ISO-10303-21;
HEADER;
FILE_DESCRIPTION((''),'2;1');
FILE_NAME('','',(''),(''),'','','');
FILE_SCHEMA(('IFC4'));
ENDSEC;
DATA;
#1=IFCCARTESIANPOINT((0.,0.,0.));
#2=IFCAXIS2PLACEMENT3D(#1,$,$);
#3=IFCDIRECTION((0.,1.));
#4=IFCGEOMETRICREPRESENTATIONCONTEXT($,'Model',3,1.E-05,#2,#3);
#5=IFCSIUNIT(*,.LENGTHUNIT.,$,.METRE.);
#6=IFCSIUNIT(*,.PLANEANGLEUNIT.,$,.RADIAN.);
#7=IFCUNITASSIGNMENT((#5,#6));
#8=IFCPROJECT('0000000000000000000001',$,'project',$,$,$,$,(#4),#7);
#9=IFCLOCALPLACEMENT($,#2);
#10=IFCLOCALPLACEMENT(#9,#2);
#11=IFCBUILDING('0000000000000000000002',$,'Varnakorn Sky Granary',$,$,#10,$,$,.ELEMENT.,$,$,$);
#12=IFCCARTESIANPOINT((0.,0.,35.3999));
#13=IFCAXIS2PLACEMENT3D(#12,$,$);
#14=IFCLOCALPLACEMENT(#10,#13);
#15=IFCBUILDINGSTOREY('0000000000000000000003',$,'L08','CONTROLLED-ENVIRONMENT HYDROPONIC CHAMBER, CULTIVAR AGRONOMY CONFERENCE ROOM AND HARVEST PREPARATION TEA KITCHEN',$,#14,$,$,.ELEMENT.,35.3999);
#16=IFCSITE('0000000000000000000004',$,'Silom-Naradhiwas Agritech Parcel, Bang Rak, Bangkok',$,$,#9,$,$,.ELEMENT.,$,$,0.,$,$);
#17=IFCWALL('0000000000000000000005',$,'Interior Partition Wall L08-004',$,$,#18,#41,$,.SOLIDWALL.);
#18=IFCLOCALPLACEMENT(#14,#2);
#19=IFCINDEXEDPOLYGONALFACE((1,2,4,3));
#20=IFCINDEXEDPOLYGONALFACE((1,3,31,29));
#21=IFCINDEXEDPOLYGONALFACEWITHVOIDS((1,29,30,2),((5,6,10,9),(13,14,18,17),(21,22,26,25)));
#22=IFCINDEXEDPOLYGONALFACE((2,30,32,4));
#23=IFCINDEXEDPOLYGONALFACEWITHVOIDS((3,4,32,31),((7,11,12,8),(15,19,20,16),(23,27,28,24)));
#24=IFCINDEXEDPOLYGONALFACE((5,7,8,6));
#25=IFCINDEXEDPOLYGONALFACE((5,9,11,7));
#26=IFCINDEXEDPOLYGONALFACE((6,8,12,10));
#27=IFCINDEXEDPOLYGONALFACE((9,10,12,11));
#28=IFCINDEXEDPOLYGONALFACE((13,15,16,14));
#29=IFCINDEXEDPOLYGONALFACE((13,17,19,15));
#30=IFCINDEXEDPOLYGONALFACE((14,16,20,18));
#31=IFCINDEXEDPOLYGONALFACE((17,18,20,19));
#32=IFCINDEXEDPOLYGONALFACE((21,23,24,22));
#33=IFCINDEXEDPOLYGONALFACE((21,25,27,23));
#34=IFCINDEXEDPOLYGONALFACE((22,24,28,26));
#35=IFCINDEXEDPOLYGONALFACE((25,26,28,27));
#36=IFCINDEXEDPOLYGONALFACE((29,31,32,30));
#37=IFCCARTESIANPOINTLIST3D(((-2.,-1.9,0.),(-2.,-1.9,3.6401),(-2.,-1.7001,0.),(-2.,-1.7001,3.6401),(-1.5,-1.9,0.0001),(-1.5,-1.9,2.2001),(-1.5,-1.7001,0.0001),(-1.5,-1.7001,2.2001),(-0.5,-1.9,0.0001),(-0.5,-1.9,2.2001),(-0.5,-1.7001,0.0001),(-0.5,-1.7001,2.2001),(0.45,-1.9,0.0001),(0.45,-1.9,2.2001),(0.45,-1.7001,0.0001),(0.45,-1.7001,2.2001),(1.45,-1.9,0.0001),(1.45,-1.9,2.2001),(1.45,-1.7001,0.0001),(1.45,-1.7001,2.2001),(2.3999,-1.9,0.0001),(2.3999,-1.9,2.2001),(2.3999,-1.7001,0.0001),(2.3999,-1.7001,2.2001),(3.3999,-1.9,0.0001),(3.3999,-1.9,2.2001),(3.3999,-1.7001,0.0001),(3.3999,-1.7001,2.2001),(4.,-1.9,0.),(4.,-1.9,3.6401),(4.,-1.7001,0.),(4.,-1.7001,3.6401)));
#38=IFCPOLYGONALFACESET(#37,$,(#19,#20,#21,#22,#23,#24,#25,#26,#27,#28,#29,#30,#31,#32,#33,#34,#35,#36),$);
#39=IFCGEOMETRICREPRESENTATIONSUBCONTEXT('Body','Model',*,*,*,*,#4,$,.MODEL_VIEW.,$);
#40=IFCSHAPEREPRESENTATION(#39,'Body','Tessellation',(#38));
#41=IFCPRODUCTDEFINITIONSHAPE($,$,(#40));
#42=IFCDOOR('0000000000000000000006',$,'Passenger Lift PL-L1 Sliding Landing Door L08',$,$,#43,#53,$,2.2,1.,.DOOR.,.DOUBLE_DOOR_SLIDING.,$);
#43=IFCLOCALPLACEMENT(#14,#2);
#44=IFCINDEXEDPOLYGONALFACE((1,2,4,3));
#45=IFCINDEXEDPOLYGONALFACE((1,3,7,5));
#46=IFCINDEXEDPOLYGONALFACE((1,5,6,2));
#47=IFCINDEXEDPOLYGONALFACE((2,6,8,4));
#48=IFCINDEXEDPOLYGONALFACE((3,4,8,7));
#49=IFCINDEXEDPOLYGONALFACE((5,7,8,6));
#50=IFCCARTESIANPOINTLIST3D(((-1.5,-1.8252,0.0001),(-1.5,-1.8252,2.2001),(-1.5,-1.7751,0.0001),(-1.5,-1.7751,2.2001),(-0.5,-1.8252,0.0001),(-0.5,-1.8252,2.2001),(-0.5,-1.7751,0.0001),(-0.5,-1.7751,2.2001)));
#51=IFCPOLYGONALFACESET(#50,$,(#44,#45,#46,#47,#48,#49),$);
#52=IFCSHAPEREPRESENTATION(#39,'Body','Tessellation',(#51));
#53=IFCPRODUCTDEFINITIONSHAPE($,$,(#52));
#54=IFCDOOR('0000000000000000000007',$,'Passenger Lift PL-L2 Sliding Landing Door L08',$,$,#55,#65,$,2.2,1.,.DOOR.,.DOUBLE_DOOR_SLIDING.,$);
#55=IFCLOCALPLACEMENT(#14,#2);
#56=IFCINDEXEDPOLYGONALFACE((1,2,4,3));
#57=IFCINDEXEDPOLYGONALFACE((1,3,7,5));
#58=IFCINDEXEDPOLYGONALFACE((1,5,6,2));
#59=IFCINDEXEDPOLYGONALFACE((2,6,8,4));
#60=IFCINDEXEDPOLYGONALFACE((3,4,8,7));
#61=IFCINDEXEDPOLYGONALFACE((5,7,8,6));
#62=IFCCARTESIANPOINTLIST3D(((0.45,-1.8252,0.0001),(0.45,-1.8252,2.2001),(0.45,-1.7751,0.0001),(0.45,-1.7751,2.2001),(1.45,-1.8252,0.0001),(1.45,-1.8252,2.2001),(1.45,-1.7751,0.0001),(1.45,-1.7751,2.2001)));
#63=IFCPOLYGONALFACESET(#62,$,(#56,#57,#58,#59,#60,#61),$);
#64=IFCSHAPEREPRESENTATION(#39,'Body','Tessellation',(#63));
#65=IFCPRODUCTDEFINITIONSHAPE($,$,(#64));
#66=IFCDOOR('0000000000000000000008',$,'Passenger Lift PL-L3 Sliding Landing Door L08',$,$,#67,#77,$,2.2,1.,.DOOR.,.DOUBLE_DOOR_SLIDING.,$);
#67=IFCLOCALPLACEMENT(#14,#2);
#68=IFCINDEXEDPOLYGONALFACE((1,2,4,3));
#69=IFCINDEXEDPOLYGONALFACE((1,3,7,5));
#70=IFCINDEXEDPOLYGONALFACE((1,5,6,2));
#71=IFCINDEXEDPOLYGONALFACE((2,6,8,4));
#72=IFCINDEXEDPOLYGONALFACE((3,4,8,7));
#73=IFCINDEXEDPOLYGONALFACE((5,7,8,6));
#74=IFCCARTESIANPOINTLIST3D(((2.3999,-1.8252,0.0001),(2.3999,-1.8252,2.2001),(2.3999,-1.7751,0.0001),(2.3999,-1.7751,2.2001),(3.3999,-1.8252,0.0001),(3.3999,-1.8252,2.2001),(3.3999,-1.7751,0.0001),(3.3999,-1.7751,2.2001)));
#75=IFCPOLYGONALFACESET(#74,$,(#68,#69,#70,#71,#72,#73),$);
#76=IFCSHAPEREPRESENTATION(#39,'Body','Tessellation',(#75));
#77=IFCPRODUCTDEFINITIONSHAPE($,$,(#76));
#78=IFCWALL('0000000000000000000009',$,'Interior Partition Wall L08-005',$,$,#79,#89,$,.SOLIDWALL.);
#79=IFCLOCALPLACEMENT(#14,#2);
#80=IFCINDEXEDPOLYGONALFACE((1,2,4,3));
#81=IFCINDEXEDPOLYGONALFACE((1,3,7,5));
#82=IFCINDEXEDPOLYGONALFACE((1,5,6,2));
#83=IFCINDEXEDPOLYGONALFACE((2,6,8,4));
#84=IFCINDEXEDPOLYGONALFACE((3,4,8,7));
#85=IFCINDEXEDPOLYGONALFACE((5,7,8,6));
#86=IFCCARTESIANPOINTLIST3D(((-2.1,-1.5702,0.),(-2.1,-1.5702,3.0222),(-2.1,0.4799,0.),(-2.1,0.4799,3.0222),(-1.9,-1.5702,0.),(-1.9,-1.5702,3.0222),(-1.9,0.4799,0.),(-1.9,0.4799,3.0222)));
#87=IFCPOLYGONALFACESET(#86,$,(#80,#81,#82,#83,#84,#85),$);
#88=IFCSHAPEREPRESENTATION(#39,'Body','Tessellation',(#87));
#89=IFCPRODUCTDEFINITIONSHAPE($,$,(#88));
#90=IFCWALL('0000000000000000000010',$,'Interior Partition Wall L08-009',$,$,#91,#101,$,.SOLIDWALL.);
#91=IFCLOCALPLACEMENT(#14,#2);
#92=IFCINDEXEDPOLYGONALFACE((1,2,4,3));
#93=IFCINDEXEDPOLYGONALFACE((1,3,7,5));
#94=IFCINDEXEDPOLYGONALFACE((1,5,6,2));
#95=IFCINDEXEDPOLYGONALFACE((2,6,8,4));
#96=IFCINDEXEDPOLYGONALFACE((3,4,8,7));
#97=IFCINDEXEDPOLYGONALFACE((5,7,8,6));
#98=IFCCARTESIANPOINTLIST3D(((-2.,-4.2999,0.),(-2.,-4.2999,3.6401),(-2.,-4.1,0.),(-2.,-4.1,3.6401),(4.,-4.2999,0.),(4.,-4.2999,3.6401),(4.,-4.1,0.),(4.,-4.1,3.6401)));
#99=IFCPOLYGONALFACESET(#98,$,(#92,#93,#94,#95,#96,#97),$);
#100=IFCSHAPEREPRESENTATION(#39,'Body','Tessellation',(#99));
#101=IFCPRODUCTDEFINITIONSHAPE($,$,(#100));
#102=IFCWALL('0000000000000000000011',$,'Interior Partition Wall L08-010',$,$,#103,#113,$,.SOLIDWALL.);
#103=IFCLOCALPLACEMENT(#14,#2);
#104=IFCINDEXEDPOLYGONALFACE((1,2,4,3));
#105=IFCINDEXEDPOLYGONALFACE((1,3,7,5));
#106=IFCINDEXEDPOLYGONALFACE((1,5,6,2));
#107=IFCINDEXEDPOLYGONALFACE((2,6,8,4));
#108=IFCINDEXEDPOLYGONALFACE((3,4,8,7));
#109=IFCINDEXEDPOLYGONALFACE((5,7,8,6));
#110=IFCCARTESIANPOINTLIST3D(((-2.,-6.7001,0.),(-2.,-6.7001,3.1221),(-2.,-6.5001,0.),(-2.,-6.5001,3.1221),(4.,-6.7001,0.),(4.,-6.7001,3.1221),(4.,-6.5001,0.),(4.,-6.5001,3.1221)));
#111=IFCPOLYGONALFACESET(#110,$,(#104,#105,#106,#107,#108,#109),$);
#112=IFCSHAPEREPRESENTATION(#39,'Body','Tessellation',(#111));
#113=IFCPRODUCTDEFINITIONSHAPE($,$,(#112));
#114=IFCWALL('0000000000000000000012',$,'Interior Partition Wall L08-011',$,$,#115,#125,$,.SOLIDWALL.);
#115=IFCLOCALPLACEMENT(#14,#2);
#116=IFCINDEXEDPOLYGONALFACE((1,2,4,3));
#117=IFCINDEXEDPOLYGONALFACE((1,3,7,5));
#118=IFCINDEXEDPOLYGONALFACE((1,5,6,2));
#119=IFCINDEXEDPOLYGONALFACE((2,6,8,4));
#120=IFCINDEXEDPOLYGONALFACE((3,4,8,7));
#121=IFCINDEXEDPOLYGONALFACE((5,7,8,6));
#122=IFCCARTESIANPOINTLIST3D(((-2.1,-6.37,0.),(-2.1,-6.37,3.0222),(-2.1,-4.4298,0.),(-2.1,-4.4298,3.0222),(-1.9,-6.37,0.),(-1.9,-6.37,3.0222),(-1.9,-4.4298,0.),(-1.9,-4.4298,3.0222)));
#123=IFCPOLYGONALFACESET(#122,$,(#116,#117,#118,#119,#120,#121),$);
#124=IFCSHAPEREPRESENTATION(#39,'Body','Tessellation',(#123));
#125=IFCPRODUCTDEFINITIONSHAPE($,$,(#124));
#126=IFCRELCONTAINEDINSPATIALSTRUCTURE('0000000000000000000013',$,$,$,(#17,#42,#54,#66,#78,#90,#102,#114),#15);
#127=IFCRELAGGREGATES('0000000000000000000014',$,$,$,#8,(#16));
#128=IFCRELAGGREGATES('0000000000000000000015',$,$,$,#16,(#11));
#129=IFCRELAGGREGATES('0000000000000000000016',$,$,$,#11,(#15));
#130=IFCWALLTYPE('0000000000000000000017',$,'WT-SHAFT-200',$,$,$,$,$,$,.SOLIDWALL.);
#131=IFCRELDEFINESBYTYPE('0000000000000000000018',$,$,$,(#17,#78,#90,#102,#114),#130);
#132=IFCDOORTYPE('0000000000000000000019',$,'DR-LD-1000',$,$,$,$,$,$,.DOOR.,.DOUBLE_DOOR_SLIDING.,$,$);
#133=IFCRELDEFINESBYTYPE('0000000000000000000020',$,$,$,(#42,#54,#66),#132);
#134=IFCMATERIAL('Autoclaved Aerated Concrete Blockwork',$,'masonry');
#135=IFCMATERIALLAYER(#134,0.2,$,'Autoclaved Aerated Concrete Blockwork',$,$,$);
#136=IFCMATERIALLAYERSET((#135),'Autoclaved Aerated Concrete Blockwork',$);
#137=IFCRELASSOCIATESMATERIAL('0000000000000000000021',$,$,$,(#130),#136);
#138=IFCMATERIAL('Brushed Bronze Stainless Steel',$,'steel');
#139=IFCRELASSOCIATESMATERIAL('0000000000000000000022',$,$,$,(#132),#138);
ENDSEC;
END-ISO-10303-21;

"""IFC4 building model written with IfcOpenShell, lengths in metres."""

from ifc_helpers import new_model, si_unit, direction, frame, frame_2d, origin, place, context, subcontext, project, spatial, rectangle, extrude, material, layer, layer_set, type_object, element, fill, save


model = new_model("IFC4")

# Units and contexts
model_context = context("Model", 3, precision=1e-05, world=origin(), true_north=direction((0.0, 1.0)))
body_context = subcontext(model_context, "Body", "Model", "MODEL_VIEW")
ifc_project = project(units=[si_unit("LENGTHUNIT", "METRE"), si_unit("PLANEANGLEUNIT", "RADIAN")], contexts=[model_context])

# Site, building, storey
site_placement = place(None, origin())
site = spatial("IfcSite", under=ifc_project, at=site_placement, Name="Silom-Naradhiwas Agritech Parcel, Bang Rak, Bangkok", CompositionType="ELEMENT", RefElevation=0.0)
building_placement = place(site_placement, origin())
building = spatial("IfcBuilding", under=site, at=building_placement, Name="Varnakorn Sky Granary", CompositionType="ELEMENT")
storey_placement = place(building_placement, frame((0.0, 0.0, 35.3999)))
storey = spatial("IfcBuildingStorey", under=building, at=storey_placement, Name="L08", Description="CONTROLLED-ENVIRONMENT HYDROPONIC CHAMBER, CULTIVAR AGRONOMY CONFERENCE ROOM AND HARVEST PREPARATION TEA KITCHEN", CompositionType="ELEMENT", Elevation=35.3999)

# Shared definitions
ifc_material_1 = material(Name="Autoclaved Aerated Concrete Blockwork", Category="masonry")

# Wall, openings, doors
ifc_layer_1 = layer(ifc_material_1, 0.2, Name="Autoclaved Aerated Concrete Blockwork")
ifc_layer_set_1 = layer_set([ifc_layer_1], Name="Autoclaved Aerated Concrete Blockwork")
wall_type_1 = type_object("IfcWallType", Name="WT-SHAFT-200", PredefinedType="SOLIDWALL", material=ifc_layer_set_1)
wall_1_placement = place(storey_placement, frame((-2.0, -1.8, 0.0), z_axis=(0.0, 0.0, 1.0), x_axis=(1.0, 0.0, 0.0)))
wall_1 = element("IfcWall", 1, at=wall_1_placement, inside=storey, type_object=wall_type_1, Name="Interior Partition Wall L08-004", PredefinedType="SOLIDWALL", context=body_context, shape_type="SweptSolid", body=[
    extrude(rectangle(XDim=6.0, YDim=0.2, at=frame_2d((3.0, 0.0))), origin(), (0.0, 0.0, 1.0), 3.6401),
])
opening_1_placement = place(wall_1_placement, frame((0.5, 0.0, 0.0)))
opening_1 = element("IfcOpeningElement", 2, at=opening_1_placement, cuts=wall_1, PredefinedType="OPENING", context=body_context, shape_type="SweptSolid", body=[
    extrude(rectangle(XDim=1.0, YDim=2.2, at=frame_2d((0.5, 1.1001))), frame((0.0, 0.1099, 0.0), z_axis=(0.0, -1.0, 0.0), x_axis=(1.0, 0.0, 0.0)), (0.0, 0.0, 1.0), 0.22),
])
opening_2_placement = place(wall_1_placement, frame((2.45, 0.0, 0.0)))
opening_2 = element("IfcOpeningElement", 3, at=opening_2_placement, cuts=wall_1, PredefinedType="OPENING", context=body_context, shape_type="SweptSolid", body=[
    extrude(rectangle(XDim=1.0, YDim=2.2, at=frame_2d((0.5, 1.1001))), frame((0.0, 0.1099, 0.0), z_axis=(0.0, -1.0, 0.0), x_axis=(1.0, 0.0, 0.0)), (0.0, 0.0, 1.0), 0.22),
])
opening_3_placement = place(wall_1_placement, frame((4.3999, 0.0, 0.0)))
opening_3 = element("IfcOpeningElement", 4, at=opening_3_placement, cuts=wall_1, PredefinedType="OPENING", context=body_context, shape_type="SweptSolid", body=[
    extrude(rectangle(XDim=1.0, YDim=2.2, at=frame_2d((0.5, 1.1001))), frame((0.0, 0.1099, 0.0), z_axis=(0.0, -1.0, 0.0), x_axis=(1.0, 0.0, 0.0)), (0.0, 0.0, 1.0), 0.22),
])
ifc_material_2 = material(Name="Brushed Bronze Stainless Steel", Category="steel")
door_type_1 = type_object("IfcDoorType", Name="DR-LD-1000", OperationType="DOUBLE_DOOR_SLIDING", PredefinedType="DOOR", material=ifc_material_2)
door_1_placement = place(opening_1_placement, origin())
door_1 = element("IfcDoor", 5, at=door_1_placement, inside=storey, type_object=door_type_1, Name="Passenger Lift PL-L1 Sliding Landing Door L08", OperationType="DOUBLE_DOOR_SLIDING", OverallHeight=2.2, OverallWidth=1.0, PredefinedType="DOOR", context=body_context, shape_type="SweptSolid", body=[
    extrude(rectangle(XDim=1.0, YDim=2.2, at=frame_2d((0.5, 1.1001))), frame((0.0, 0.0249, 0.0), z_axis=(0.0, -1.0, 0.0), x_axis=(1.0, 0.0, 0.0)), (0.0, 0.0, 1.0), 0.05),
])
fill(opening_1, door_1)
door_2_placement = place(opening_2_placement, origin())
door_2 = element("IfcDoor", 6, at=door_2_placement, inside=storey, type_object=door_type_1, Name="Passenger Lift PL-L2 Sliding Landing Door L08", OperationType="DOUBLE_DOOR_SLIDING", OverallHeight=2.2, OverallWidth=1.0, PredefinedType="DOOR", context=body_context, shape_type="SweptSolid", body=[
    extrude(rectangle(XDim=1.0, YDim=2.2, at=frame_2d((0.5, 1.1001))), frame((0.0, 0.0249, 0.0), z_axis=(0.0, -1.0, 0.0), x_axis=(1.0, 0.0, 0.0)), (0.0, 0.0, 1.0), 0.05),
])
fill(opening_2, door_2)
door_3_placement = place(opening_3_placement, origin())
door_3 = element("IfcDoor", 7, at=door_3_placement, inside=storey, type_object=door_type_1, Name="Passenger Lift PL-L3 Sliding Landing Door L08", OperationType="DOUBLE_DOOR_SLIDING", OverallHeight=2.2, OverallWidth=1.0, PredefinedType="DOOR", context=body_context, shape_type="SweptSolid", body=[
    extrude(rectangle(XDim=1.0, YDim=2.2, at=frame_2d((0.5, 1.1001))), frame((0.0, 0.0249, 0.0), z_axis=(0.0, -1.0, 0.0), x_axis=(1.0, 0.0, 0.0)), (0.0, 0.0, 1.0), 0.05),
])
fill(opening_3, door_3)

# Walls
wall_2_placement = place(storey_placement, frame((-2.0, -1.5701, 0.0), z_axis=(0.0, 0.0, 1.0), x_axis=(0.0, 1.0, 0.0)))
element("IfcWall", 8, at=wall_2_placement, inside=storey, type_object=wall_type_1, Name="Interior Partition Wall L08-005", PredefinedType="SOLIDWALL", context=body_context, shape_type="SweptSolid", body=[
    extrude(rectangle(XDim=2.05, YDim=0.2, at=frame_2d((1.0249, 0.0))), origin(), (0.0, 0.0, 1.0), 3.0222),
])
wall_3_placement = place(storey_placement, frame((-2.0, -4.2, 0.0), z_axis=(0.0, 0.0, 1.0), x_axis=(1.0, 0.0, 0.0)))
element("IfcWall", 9, at=wall_3_placement, inside=storey, type_object=wall_type_1, Name="Interior Partition Wall L08-009", PredefinedType="SOLIDWALL", context=body_context, shape_type="SweptSolid", body=[
    extrude(rectangle(XDim=6.0, YDim=0.2, at=frame_2d((3.0, 0.0))), origin(), (0.0, 0.0, 1.0), 3.6401),
])
wall_4_placement = place(storey_placement, frame((-2.0, -6.6001, 0.0), z_axis=(0.0, 0.0, 1.0), x_axis=(1.0, 0.0, 0.0)))
element("IfcWall", 10, at=wall_4_placement, inside=storey, type_object=wall_type_1, Name="Interior Partition Wall L08-010", PredefinedType="SOLIDWALL", context=body_context, shape_type="SweptSolid", body=[
    extrude(rectangle(XDim=6.0, YDim=0.2, at=frame_2d((3.0, 0.0))), origin(), (0.0, 0.0, 1.0), 3.1221),
])
wall_5_placement = place(storey_placement, frame((-2.0, -6.3701, 0.0), z_axis=(0.0, 0.0, 1.0), x_axis=(0.0, 1.0, 0.0)))
element("IfcWall", 11, at=wall_5_placement, inside=storey, type_object=wall_type_1, Name="Interior Partition Wall L08-011", PredefinedType="SOLIDWALL", context=body_context, shape_type="SweptSolid", body=[
    extrude(rectangle(XDim=1.9402, YDim=0.2, at=frame_2d((0.9702, 0.0))), origin(), (0.0, 0.0, 1.0), 3.0222),
])

save(model, "model.ifc")
